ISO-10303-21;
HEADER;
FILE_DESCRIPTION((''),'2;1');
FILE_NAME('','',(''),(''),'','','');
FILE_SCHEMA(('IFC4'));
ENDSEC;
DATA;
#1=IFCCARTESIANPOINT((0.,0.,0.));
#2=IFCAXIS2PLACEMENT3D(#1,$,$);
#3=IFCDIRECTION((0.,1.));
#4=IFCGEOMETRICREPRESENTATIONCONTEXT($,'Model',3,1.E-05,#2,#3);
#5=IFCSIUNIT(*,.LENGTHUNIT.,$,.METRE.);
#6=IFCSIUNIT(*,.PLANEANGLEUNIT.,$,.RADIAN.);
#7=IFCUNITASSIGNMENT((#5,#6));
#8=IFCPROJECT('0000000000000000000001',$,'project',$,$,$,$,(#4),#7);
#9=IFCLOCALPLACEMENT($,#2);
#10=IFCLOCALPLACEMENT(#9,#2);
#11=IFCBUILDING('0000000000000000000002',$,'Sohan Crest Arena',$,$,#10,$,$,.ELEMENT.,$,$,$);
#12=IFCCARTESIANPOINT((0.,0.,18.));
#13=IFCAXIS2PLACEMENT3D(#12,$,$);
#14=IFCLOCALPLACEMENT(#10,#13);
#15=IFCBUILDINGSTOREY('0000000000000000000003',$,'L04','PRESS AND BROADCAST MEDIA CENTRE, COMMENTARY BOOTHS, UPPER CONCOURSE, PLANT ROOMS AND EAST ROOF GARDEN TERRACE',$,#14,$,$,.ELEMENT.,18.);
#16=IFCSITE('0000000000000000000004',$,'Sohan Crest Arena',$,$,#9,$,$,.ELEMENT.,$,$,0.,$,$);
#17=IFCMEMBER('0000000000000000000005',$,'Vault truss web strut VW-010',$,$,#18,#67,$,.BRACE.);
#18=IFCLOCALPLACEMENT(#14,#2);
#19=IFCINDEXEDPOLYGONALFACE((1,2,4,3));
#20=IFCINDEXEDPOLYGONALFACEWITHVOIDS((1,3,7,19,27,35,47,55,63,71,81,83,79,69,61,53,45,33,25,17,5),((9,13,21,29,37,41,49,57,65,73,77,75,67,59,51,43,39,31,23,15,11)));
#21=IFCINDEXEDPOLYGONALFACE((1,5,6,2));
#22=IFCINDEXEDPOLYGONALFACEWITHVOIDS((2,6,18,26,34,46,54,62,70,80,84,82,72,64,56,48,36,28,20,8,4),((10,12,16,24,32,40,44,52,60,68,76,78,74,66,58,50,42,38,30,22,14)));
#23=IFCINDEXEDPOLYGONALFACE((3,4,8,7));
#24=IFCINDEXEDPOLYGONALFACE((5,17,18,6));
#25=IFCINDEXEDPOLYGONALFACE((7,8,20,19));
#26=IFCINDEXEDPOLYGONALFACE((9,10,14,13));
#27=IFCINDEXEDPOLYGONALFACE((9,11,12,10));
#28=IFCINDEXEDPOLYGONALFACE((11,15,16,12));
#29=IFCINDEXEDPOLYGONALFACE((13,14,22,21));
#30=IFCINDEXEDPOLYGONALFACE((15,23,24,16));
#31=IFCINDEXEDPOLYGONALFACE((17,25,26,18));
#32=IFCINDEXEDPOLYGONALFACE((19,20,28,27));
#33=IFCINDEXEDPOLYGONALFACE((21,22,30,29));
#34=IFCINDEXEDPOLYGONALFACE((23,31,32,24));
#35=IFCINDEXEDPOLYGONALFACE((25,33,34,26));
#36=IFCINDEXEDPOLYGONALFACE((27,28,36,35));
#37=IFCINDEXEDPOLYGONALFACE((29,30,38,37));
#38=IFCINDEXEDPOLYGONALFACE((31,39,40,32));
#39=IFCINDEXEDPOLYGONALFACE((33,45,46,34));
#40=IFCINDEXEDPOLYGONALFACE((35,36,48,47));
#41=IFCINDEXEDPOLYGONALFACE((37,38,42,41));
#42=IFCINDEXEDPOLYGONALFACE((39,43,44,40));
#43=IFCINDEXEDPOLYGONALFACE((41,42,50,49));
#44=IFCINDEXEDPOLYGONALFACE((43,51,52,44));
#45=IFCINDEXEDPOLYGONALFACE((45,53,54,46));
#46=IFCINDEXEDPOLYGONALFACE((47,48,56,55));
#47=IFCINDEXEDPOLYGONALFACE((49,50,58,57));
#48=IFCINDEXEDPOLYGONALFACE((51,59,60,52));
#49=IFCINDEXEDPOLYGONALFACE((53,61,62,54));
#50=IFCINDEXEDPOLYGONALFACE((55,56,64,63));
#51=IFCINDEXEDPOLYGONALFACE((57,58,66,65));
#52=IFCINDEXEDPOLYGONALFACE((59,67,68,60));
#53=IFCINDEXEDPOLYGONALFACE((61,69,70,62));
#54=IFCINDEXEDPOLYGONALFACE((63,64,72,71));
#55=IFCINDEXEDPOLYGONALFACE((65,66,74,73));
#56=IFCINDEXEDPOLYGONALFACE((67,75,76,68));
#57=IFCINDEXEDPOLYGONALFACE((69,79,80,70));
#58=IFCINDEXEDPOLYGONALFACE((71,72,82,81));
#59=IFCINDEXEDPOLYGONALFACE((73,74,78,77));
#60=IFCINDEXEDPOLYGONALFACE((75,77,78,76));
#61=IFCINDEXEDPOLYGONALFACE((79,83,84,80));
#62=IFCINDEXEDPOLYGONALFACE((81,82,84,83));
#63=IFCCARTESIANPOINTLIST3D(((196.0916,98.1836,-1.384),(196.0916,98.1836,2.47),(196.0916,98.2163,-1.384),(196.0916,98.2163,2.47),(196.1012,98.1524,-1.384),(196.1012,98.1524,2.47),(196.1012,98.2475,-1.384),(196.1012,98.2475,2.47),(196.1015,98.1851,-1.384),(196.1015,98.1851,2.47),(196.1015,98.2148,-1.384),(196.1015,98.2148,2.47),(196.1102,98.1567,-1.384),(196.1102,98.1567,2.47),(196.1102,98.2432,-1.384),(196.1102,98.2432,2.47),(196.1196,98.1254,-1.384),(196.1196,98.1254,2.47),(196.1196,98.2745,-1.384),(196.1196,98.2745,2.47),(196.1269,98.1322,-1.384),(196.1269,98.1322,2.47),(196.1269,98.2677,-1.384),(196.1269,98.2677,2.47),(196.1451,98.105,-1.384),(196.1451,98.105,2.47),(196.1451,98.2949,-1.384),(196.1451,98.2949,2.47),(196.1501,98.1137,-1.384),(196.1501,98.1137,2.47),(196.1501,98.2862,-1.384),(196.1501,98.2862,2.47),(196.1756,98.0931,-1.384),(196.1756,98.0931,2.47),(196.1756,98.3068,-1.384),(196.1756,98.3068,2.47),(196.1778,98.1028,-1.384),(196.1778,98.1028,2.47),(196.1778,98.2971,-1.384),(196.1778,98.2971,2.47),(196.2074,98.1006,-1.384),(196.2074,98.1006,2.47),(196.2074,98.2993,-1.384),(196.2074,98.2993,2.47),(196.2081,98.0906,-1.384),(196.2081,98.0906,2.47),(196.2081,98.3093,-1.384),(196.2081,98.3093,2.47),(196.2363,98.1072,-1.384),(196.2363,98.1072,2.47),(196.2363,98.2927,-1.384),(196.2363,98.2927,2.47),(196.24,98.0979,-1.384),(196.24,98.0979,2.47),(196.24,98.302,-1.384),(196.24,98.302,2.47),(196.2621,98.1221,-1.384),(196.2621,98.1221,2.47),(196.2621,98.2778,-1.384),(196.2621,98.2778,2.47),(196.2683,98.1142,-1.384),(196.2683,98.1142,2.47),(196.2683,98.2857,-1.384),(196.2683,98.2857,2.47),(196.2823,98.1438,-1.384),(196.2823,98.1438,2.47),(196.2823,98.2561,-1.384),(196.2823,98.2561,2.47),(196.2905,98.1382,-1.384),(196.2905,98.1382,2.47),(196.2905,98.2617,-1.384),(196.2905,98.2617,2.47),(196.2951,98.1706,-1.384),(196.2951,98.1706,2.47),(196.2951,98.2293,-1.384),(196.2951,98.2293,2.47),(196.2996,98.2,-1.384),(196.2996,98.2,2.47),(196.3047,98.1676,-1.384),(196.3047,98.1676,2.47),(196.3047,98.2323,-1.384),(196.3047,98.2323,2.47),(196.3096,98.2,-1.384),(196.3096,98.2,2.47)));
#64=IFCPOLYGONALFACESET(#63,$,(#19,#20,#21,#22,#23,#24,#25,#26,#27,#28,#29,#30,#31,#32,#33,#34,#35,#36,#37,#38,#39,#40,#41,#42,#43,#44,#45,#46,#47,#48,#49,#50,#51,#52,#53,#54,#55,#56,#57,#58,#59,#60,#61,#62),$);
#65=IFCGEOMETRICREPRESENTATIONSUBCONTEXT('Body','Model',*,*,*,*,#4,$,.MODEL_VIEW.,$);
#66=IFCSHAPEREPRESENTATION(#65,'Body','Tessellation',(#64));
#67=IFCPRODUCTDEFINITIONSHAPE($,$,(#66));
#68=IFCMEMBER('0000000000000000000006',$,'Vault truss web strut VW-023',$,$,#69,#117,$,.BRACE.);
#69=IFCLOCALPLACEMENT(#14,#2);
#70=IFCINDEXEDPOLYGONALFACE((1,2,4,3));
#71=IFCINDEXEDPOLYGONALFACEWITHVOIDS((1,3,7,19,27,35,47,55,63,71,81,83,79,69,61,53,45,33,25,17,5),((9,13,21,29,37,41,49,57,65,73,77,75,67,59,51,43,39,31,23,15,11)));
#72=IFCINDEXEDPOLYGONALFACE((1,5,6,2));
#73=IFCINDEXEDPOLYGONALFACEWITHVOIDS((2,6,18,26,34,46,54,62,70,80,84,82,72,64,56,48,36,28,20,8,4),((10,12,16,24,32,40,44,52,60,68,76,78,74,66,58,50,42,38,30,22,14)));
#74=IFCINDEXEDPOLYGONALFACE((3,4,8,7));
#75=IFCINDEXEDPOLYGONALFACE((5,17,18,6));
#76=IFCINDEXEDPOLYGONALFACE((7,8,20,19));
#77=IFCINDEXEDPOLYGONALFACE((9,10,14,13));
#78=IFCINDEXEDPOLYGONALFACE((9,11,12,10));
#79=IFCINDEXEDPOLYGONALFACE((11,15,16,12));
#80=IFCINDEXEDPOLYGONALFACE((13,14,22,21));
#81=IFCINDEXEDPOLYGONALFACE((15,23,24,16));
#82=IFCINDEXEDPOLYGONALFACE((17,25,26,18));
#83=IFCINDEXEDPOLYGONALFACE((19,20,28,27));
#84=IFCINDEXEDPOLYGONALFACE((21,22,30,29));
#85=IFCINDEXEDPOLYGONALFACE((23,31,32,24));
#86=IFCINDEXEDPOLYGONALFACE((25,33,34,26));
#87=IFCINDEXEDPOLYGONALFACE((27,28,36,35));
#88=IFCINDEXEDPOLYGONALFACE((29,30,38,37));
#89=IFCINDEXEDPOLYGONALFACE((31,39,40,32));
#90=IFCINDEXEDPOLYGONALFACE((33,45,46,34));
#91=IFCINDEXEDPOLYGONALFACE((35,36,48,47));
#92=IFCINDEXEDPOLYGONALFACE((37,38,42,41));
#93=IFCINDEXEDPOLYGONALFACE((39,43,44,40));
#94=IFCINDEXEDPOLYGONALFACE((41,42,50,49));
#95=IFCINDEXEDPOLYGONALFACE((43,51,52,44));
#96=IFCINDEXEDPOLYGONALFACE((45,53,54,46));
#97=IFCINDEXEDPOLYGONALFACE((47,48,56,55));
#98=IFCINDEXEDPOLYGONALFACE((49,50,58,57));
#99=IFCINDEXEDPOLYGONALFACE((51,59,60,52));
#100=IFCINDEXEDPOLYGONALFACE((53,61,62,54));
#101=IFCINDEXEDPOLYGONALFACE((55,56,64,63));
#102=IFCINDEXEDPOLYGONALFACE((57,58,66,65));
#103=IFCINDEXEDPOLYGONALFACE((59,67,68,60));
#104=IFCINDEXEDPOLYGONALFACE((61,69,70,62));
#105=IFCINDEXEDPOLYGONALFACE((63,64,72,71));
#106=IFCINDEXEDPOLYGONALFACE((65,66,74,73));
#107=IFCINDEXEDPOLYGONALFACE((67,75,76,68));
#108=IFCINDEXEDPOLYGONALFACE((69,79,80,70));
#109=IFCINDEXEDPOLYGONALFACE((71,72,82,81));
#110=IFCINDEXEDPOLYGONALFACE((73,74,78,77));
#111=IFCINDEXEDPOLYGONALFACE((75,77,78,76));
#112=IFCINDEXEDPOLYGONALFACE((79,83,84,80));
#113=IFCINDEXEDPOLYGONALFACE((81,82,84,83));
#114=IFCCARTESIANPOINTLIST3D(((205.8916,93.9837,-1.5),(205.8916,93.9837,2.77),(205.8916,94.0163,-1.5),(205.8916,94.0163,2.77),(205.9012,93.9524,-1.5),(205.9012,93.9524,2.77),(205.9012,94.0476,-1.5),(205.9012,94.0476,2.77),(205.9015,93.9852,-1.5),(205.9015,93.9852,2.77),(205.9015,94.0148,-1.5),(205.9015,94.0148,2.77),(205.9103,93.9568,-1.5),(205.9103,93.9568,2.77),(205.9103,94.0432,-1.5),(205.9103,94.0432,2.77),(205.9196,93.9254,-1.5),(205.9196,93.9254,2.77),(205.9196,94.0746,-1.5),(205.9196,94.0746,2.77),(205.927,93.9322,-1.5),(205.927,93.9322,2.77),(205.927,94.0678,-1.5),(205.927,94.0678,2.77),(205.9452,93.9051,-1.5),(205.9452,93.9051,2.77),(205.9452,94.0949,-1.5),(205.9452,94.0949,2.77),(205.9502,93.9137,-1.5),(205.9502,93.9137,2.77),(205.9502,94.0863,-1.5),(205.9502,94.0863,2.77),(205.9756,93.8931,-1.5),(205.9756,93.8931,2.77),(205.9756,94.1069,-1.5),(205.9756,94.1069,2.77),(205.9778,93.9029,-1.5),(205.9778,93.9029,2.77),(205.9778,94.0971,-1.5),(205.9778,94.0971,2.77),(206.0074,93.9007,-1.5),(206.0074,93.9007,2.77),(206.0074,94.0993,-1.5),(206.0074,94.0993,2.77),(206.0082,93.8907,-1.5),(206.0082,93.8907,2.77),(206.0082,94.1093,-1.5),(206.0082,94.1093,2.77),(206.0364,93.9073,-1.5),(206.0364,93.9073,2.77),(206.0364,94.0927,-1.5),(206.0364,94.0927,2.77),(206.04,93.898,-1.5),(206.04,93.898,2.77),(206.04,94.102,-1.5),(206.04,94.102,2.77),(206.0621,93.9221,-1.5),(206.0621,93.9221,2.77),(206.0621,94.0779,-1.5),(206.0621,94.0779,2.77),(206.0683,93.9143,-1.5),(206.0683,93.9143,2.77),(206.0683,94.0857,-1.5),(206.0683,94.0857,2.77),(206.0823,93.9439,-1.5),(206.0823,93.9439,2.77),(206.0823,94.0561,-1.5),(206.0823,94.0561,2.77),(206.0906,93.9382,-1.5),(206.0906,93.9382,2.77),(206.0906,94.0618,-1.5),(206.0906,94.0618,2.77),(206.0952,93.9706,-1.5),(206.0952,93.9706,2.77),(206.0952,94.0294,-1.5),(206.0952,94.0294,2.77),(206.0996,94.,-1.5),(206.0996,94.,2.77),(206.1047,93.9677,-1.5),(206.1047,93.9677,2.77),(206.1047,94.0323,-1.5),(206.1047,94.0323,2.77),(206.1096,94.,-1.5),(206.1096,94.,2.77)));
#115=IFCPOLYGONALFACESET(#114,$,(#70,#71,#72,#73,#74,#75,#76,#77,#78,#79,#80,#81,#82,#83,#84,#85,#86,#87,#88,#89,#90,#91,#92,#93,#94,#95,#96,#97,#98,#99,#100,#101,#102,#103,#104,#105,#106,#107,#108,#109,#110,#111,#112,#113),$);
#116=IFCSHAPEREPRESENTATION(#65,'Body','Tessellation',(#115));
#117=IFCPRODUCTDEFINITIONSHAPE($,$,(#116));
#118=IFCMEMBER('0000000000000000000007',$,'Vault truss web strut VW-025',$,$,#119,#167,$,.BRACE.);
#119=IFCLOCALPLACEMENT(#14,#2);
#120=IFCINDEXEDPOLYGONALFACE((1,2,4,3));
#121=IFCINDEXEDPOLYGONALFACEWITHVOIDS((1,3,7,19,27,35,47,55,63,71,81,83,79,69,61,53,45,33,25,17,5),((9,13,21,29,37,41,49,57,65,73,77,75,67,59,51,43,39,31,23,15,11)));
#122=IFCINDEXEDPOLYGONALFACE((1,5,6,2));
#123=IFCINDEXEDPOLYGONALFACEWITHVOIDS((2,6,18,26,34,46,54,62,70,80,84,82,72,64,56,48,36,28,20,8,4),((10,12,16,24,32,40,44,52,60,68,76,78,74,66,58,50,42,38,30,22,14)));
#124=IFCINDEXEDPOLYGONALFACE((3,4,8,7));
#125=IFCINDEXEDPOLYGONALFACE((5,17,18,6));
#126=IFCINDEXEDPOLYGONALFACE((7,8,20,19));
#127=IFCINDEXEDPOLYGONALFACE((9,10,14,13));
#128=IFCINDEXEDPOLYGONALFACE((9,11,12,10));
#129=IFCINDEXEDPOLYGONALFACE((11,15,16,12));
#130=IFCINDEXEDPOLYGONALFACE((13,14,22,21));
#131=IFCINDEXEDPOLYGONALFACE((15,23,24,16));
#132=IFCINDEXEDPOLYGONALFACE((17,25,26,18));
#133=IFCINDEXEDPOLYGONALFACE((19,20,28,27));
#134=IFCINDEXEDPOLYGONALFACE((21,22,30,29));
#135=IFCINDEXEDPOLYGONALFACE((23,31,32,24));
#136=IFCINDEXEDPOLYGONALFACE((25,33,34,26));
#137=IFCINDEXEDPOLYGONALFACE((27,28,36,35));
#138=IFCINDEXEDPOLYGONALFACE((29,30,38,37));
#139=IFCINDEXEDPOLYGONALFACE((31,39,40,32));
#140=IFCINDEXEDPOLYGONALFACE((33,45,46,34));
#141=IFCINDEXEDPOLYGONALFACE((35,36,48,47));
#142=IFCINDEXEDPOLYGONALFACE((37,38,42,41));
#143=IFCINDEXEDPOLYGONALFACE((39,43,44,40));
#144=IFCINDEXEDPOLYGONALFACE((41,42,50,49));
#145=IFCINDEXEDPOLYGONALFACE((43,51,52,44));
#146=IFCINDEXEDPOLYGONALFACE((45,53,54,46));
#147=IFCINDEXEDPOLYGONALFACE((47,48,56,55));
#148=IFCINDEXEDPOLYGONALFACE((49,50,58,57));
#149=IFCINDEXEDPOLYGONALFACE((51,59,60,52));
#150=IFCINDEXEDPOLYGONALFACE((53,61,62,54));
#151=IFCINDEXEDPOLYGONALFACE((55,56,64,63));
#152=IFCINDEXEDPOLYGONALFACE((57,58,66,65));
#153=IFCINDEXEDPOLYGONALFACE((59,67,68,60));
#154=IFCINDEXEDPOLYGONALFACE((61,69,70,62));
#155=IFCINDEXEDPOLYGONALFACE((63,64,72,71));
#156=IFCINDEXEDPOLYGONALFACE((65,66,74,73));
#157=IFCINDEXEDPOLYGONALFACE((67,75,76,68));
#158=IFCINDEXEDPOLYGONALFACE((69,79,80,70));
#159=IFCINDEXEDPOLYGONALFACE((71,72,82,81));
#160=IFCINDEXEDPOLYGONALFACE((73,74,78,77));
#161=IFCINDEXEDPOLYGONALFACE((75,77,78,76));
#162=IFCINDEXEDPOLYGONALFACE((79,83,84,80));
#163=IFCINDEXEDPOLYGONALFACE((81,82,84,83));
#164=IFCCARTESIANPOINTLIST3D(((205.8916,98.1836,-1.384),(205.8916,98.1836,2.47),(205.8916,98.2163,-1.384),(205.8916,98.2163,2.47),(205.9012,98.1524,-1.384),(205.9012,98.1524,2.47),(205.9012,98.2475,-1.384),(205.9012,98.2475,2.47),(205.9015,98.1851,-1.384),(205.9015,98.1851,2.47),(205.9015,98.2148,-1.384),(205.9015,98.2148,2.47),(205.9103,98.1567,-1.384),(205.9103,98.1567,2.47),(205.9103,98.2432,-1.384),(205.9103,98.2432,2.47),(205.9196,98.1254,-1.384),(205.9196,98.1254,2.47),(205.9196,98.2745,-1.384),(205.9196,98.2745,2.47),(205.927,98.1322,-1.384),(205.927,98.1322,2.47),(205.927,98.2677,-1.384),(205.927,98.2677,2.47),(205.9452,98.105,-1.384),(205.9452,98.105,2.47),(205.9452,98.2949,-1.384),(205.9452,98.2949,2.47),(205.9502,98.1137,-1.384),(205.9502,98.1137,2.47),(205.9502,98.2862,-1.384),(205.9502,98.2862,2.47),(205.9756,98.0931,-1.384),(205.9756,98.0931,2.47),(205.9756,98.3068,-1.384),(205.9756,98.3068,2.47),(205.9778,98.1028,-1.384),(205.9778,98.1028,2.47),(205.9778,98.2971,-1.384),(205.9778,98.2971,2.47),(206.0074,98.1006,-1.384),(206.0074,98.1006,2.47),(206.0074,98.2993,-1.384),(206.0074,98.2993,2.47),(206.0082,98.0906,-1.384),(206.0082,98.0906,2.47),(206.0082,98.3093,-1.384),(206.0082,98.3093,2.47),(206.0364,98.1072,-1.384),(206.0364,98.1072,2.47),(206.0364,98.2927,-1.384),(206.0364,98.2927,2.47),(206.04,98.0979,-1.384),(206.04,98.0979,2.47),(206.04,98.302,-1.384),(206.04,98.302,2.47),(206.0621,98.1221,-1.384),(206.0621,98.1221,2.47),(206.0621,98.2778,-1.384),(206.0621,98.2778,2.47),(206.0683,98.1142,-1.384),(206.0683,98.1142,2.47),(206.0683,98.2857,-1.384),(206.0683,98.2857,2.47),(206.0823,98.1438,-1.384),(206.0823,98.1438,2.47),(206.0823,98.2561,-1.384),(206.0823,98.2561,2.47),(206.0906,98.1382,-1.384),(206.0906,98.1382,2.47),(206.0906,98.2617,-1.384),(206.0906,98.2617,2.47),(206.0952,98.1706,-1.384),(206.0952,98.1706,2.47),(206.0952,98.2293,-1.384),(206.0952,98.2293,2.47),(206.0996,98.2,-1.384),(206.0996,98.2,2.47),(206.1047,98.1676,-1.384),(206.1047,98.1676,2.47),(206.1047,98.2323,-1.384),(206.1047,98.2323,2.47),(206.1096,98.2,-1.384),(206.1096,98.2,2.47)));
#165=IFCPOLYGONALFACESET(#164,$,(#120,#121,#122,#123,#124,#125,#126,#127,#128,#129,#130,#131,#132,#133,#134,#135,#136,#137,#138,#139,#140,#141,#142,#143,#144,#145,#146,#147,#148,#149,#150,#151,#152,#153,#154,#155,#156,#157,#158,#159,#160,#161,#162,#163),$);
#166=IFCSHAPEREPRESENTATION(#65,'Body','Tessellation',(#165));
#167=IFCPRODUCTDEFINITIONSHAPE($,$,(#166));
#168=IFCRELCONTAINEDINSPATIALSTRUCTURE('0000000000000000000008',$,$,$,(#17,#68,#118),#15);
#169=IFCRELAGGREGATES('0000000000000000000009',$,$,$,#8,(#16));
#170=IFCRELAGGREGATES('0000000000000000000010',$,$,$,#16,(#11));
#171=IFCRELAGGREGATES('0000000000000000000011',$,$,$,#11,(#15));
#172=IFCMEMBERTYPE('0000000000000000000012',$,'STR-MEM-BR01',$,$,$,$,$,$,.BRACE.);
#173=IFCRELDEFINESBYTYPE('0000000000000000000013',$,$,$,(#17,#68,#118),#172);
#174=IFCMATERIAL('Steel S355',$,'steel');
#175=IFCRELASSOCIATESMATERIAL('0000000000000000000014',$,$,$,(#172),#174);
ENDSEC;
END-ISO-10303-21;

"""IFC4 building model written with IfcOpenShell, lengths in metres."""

from ifc_helpers import new_model, si_unit, direction, frame, origin, origin_2d, place, context, subcontext, project, spatial, hollow_circle, extrude, material, material_profile, profile_set, type_object, element, save


model = new_model("IFC4")

# Units and contexts
model_context = context("Model", 3, precision=1e-05, world=origin(), true_north=direction((0.0, 1.0)))
body_context = subcontext(model_context, "Body", "Model", "MODEL_VIEW")
ifc_project = project(units=[si_unit("LENGTHUNIT", "METRE"), si_unit("PLANEANGLEUNIT", "RADIAN")], contexts=[model_context])

# Site, building, storey
site_placement = place(None, origin())
site = spatial("IfcSite", under=ifc_project, at=site_placement, Name="Sohan Crest Arena", CompositionType="ELEMENT", RefElevation=0.0)
building_placement = place(site_placement, origin())
building = spatial("IfcBuilding", under=site, at=building_placement, Name="Sohan Crest Arena", CompositionType="ELEMENT")
storey_placement = place(building_placement, frame((0.0, 0.0, 18.0)))
storey = spatial("IfcBuildingStorey", under=building, at=storey_placement, Name="L04", Description="PRESS AND BROADCAST MEDIA CENTRE, COMMENTARY BOOTHS, UPPER CONCOURSE, PLANT ROOMS AND EAST ROOF GARDEN TERRACE", CompositionType="ELEMENT", Elevation=18.0)

# Shared definitions
ifc_material_1 = material(Name="Steel S355", Category="steel")

# Members
ifc_material_profile_1 = material_profile(ifc_material_1, hollow_circle(Radius=0.1096, WallThickness=0.01, at=origin_2d()), Name="CHS 219.1x10")
ifc_profile_set_1 = profile_set([ifc_material_profile_1], Name="Steel S355")
member_type_1 = type_object("IfcMemberType", Name="STR-MEM-BR01", PredefinedType="BRACE", material=ifc_profile_set_1)
member_1_placement = place(storey_placement, frame((196.2, 98.2, -1.384), z_axis=(0.0, 0.0, 1.0), x_axis=(1.0, 0.0, 0.0)))
element("IfcMember", 1, at=member_1_placement, inside=storey, type_object=member_type_1, Name="Vault truss web strut VW-010", PredefinedType="BRACE", context=body_context, shape_type="SweptSolid", body=[
    extrude(hollow_circle(Radius=0.1096, WallThickness=0.01, at=origin_2d()), origin(), (0.0, 0.0, 1.0), 3.854),
])
member_2_placement = place(storey_placement, frame((206.0, 94.0, -1.5), z_axis=(0.0, 0.0, 1.0), x_axis=(1.0, 0.0, 0.0)))
element("IfcMember", 2, at=member_2_placement, inside=storey, type_object=member_type_1, Name="Vault truss web strut VW-023", PredefinedType="BRACE", context=body_context, shape_type="SweptSolid", body=[
    extrude(hollow_circle(Radius=0.1096, WallThickness=0.01, at=origin_2d()), origin(), (0.0, 0.0, 1.0), 4.27),
])
member_3_placement = place(storey_placement, frame((206.0, 98.2, -1.384), z_axis=(0.0, 0.0, 1.0), x_axis=(1.0, 0.0, 0.0)))
element("IfcMember", 3, at=member_3_placement, inside=storey, type_object=member_type_1, Name="Vault truss web strut VW-025", PredefinedType="BRACE", context=body_context, shape_type="SweptSolid", body=[
    extrude(hollow_circle(Radius=0.1096, WallThickness=0.01, at=origin_2d()), origin(), (0.0, 0.0, 1.0), 3.854),
])

save(model, "model.ifc")
